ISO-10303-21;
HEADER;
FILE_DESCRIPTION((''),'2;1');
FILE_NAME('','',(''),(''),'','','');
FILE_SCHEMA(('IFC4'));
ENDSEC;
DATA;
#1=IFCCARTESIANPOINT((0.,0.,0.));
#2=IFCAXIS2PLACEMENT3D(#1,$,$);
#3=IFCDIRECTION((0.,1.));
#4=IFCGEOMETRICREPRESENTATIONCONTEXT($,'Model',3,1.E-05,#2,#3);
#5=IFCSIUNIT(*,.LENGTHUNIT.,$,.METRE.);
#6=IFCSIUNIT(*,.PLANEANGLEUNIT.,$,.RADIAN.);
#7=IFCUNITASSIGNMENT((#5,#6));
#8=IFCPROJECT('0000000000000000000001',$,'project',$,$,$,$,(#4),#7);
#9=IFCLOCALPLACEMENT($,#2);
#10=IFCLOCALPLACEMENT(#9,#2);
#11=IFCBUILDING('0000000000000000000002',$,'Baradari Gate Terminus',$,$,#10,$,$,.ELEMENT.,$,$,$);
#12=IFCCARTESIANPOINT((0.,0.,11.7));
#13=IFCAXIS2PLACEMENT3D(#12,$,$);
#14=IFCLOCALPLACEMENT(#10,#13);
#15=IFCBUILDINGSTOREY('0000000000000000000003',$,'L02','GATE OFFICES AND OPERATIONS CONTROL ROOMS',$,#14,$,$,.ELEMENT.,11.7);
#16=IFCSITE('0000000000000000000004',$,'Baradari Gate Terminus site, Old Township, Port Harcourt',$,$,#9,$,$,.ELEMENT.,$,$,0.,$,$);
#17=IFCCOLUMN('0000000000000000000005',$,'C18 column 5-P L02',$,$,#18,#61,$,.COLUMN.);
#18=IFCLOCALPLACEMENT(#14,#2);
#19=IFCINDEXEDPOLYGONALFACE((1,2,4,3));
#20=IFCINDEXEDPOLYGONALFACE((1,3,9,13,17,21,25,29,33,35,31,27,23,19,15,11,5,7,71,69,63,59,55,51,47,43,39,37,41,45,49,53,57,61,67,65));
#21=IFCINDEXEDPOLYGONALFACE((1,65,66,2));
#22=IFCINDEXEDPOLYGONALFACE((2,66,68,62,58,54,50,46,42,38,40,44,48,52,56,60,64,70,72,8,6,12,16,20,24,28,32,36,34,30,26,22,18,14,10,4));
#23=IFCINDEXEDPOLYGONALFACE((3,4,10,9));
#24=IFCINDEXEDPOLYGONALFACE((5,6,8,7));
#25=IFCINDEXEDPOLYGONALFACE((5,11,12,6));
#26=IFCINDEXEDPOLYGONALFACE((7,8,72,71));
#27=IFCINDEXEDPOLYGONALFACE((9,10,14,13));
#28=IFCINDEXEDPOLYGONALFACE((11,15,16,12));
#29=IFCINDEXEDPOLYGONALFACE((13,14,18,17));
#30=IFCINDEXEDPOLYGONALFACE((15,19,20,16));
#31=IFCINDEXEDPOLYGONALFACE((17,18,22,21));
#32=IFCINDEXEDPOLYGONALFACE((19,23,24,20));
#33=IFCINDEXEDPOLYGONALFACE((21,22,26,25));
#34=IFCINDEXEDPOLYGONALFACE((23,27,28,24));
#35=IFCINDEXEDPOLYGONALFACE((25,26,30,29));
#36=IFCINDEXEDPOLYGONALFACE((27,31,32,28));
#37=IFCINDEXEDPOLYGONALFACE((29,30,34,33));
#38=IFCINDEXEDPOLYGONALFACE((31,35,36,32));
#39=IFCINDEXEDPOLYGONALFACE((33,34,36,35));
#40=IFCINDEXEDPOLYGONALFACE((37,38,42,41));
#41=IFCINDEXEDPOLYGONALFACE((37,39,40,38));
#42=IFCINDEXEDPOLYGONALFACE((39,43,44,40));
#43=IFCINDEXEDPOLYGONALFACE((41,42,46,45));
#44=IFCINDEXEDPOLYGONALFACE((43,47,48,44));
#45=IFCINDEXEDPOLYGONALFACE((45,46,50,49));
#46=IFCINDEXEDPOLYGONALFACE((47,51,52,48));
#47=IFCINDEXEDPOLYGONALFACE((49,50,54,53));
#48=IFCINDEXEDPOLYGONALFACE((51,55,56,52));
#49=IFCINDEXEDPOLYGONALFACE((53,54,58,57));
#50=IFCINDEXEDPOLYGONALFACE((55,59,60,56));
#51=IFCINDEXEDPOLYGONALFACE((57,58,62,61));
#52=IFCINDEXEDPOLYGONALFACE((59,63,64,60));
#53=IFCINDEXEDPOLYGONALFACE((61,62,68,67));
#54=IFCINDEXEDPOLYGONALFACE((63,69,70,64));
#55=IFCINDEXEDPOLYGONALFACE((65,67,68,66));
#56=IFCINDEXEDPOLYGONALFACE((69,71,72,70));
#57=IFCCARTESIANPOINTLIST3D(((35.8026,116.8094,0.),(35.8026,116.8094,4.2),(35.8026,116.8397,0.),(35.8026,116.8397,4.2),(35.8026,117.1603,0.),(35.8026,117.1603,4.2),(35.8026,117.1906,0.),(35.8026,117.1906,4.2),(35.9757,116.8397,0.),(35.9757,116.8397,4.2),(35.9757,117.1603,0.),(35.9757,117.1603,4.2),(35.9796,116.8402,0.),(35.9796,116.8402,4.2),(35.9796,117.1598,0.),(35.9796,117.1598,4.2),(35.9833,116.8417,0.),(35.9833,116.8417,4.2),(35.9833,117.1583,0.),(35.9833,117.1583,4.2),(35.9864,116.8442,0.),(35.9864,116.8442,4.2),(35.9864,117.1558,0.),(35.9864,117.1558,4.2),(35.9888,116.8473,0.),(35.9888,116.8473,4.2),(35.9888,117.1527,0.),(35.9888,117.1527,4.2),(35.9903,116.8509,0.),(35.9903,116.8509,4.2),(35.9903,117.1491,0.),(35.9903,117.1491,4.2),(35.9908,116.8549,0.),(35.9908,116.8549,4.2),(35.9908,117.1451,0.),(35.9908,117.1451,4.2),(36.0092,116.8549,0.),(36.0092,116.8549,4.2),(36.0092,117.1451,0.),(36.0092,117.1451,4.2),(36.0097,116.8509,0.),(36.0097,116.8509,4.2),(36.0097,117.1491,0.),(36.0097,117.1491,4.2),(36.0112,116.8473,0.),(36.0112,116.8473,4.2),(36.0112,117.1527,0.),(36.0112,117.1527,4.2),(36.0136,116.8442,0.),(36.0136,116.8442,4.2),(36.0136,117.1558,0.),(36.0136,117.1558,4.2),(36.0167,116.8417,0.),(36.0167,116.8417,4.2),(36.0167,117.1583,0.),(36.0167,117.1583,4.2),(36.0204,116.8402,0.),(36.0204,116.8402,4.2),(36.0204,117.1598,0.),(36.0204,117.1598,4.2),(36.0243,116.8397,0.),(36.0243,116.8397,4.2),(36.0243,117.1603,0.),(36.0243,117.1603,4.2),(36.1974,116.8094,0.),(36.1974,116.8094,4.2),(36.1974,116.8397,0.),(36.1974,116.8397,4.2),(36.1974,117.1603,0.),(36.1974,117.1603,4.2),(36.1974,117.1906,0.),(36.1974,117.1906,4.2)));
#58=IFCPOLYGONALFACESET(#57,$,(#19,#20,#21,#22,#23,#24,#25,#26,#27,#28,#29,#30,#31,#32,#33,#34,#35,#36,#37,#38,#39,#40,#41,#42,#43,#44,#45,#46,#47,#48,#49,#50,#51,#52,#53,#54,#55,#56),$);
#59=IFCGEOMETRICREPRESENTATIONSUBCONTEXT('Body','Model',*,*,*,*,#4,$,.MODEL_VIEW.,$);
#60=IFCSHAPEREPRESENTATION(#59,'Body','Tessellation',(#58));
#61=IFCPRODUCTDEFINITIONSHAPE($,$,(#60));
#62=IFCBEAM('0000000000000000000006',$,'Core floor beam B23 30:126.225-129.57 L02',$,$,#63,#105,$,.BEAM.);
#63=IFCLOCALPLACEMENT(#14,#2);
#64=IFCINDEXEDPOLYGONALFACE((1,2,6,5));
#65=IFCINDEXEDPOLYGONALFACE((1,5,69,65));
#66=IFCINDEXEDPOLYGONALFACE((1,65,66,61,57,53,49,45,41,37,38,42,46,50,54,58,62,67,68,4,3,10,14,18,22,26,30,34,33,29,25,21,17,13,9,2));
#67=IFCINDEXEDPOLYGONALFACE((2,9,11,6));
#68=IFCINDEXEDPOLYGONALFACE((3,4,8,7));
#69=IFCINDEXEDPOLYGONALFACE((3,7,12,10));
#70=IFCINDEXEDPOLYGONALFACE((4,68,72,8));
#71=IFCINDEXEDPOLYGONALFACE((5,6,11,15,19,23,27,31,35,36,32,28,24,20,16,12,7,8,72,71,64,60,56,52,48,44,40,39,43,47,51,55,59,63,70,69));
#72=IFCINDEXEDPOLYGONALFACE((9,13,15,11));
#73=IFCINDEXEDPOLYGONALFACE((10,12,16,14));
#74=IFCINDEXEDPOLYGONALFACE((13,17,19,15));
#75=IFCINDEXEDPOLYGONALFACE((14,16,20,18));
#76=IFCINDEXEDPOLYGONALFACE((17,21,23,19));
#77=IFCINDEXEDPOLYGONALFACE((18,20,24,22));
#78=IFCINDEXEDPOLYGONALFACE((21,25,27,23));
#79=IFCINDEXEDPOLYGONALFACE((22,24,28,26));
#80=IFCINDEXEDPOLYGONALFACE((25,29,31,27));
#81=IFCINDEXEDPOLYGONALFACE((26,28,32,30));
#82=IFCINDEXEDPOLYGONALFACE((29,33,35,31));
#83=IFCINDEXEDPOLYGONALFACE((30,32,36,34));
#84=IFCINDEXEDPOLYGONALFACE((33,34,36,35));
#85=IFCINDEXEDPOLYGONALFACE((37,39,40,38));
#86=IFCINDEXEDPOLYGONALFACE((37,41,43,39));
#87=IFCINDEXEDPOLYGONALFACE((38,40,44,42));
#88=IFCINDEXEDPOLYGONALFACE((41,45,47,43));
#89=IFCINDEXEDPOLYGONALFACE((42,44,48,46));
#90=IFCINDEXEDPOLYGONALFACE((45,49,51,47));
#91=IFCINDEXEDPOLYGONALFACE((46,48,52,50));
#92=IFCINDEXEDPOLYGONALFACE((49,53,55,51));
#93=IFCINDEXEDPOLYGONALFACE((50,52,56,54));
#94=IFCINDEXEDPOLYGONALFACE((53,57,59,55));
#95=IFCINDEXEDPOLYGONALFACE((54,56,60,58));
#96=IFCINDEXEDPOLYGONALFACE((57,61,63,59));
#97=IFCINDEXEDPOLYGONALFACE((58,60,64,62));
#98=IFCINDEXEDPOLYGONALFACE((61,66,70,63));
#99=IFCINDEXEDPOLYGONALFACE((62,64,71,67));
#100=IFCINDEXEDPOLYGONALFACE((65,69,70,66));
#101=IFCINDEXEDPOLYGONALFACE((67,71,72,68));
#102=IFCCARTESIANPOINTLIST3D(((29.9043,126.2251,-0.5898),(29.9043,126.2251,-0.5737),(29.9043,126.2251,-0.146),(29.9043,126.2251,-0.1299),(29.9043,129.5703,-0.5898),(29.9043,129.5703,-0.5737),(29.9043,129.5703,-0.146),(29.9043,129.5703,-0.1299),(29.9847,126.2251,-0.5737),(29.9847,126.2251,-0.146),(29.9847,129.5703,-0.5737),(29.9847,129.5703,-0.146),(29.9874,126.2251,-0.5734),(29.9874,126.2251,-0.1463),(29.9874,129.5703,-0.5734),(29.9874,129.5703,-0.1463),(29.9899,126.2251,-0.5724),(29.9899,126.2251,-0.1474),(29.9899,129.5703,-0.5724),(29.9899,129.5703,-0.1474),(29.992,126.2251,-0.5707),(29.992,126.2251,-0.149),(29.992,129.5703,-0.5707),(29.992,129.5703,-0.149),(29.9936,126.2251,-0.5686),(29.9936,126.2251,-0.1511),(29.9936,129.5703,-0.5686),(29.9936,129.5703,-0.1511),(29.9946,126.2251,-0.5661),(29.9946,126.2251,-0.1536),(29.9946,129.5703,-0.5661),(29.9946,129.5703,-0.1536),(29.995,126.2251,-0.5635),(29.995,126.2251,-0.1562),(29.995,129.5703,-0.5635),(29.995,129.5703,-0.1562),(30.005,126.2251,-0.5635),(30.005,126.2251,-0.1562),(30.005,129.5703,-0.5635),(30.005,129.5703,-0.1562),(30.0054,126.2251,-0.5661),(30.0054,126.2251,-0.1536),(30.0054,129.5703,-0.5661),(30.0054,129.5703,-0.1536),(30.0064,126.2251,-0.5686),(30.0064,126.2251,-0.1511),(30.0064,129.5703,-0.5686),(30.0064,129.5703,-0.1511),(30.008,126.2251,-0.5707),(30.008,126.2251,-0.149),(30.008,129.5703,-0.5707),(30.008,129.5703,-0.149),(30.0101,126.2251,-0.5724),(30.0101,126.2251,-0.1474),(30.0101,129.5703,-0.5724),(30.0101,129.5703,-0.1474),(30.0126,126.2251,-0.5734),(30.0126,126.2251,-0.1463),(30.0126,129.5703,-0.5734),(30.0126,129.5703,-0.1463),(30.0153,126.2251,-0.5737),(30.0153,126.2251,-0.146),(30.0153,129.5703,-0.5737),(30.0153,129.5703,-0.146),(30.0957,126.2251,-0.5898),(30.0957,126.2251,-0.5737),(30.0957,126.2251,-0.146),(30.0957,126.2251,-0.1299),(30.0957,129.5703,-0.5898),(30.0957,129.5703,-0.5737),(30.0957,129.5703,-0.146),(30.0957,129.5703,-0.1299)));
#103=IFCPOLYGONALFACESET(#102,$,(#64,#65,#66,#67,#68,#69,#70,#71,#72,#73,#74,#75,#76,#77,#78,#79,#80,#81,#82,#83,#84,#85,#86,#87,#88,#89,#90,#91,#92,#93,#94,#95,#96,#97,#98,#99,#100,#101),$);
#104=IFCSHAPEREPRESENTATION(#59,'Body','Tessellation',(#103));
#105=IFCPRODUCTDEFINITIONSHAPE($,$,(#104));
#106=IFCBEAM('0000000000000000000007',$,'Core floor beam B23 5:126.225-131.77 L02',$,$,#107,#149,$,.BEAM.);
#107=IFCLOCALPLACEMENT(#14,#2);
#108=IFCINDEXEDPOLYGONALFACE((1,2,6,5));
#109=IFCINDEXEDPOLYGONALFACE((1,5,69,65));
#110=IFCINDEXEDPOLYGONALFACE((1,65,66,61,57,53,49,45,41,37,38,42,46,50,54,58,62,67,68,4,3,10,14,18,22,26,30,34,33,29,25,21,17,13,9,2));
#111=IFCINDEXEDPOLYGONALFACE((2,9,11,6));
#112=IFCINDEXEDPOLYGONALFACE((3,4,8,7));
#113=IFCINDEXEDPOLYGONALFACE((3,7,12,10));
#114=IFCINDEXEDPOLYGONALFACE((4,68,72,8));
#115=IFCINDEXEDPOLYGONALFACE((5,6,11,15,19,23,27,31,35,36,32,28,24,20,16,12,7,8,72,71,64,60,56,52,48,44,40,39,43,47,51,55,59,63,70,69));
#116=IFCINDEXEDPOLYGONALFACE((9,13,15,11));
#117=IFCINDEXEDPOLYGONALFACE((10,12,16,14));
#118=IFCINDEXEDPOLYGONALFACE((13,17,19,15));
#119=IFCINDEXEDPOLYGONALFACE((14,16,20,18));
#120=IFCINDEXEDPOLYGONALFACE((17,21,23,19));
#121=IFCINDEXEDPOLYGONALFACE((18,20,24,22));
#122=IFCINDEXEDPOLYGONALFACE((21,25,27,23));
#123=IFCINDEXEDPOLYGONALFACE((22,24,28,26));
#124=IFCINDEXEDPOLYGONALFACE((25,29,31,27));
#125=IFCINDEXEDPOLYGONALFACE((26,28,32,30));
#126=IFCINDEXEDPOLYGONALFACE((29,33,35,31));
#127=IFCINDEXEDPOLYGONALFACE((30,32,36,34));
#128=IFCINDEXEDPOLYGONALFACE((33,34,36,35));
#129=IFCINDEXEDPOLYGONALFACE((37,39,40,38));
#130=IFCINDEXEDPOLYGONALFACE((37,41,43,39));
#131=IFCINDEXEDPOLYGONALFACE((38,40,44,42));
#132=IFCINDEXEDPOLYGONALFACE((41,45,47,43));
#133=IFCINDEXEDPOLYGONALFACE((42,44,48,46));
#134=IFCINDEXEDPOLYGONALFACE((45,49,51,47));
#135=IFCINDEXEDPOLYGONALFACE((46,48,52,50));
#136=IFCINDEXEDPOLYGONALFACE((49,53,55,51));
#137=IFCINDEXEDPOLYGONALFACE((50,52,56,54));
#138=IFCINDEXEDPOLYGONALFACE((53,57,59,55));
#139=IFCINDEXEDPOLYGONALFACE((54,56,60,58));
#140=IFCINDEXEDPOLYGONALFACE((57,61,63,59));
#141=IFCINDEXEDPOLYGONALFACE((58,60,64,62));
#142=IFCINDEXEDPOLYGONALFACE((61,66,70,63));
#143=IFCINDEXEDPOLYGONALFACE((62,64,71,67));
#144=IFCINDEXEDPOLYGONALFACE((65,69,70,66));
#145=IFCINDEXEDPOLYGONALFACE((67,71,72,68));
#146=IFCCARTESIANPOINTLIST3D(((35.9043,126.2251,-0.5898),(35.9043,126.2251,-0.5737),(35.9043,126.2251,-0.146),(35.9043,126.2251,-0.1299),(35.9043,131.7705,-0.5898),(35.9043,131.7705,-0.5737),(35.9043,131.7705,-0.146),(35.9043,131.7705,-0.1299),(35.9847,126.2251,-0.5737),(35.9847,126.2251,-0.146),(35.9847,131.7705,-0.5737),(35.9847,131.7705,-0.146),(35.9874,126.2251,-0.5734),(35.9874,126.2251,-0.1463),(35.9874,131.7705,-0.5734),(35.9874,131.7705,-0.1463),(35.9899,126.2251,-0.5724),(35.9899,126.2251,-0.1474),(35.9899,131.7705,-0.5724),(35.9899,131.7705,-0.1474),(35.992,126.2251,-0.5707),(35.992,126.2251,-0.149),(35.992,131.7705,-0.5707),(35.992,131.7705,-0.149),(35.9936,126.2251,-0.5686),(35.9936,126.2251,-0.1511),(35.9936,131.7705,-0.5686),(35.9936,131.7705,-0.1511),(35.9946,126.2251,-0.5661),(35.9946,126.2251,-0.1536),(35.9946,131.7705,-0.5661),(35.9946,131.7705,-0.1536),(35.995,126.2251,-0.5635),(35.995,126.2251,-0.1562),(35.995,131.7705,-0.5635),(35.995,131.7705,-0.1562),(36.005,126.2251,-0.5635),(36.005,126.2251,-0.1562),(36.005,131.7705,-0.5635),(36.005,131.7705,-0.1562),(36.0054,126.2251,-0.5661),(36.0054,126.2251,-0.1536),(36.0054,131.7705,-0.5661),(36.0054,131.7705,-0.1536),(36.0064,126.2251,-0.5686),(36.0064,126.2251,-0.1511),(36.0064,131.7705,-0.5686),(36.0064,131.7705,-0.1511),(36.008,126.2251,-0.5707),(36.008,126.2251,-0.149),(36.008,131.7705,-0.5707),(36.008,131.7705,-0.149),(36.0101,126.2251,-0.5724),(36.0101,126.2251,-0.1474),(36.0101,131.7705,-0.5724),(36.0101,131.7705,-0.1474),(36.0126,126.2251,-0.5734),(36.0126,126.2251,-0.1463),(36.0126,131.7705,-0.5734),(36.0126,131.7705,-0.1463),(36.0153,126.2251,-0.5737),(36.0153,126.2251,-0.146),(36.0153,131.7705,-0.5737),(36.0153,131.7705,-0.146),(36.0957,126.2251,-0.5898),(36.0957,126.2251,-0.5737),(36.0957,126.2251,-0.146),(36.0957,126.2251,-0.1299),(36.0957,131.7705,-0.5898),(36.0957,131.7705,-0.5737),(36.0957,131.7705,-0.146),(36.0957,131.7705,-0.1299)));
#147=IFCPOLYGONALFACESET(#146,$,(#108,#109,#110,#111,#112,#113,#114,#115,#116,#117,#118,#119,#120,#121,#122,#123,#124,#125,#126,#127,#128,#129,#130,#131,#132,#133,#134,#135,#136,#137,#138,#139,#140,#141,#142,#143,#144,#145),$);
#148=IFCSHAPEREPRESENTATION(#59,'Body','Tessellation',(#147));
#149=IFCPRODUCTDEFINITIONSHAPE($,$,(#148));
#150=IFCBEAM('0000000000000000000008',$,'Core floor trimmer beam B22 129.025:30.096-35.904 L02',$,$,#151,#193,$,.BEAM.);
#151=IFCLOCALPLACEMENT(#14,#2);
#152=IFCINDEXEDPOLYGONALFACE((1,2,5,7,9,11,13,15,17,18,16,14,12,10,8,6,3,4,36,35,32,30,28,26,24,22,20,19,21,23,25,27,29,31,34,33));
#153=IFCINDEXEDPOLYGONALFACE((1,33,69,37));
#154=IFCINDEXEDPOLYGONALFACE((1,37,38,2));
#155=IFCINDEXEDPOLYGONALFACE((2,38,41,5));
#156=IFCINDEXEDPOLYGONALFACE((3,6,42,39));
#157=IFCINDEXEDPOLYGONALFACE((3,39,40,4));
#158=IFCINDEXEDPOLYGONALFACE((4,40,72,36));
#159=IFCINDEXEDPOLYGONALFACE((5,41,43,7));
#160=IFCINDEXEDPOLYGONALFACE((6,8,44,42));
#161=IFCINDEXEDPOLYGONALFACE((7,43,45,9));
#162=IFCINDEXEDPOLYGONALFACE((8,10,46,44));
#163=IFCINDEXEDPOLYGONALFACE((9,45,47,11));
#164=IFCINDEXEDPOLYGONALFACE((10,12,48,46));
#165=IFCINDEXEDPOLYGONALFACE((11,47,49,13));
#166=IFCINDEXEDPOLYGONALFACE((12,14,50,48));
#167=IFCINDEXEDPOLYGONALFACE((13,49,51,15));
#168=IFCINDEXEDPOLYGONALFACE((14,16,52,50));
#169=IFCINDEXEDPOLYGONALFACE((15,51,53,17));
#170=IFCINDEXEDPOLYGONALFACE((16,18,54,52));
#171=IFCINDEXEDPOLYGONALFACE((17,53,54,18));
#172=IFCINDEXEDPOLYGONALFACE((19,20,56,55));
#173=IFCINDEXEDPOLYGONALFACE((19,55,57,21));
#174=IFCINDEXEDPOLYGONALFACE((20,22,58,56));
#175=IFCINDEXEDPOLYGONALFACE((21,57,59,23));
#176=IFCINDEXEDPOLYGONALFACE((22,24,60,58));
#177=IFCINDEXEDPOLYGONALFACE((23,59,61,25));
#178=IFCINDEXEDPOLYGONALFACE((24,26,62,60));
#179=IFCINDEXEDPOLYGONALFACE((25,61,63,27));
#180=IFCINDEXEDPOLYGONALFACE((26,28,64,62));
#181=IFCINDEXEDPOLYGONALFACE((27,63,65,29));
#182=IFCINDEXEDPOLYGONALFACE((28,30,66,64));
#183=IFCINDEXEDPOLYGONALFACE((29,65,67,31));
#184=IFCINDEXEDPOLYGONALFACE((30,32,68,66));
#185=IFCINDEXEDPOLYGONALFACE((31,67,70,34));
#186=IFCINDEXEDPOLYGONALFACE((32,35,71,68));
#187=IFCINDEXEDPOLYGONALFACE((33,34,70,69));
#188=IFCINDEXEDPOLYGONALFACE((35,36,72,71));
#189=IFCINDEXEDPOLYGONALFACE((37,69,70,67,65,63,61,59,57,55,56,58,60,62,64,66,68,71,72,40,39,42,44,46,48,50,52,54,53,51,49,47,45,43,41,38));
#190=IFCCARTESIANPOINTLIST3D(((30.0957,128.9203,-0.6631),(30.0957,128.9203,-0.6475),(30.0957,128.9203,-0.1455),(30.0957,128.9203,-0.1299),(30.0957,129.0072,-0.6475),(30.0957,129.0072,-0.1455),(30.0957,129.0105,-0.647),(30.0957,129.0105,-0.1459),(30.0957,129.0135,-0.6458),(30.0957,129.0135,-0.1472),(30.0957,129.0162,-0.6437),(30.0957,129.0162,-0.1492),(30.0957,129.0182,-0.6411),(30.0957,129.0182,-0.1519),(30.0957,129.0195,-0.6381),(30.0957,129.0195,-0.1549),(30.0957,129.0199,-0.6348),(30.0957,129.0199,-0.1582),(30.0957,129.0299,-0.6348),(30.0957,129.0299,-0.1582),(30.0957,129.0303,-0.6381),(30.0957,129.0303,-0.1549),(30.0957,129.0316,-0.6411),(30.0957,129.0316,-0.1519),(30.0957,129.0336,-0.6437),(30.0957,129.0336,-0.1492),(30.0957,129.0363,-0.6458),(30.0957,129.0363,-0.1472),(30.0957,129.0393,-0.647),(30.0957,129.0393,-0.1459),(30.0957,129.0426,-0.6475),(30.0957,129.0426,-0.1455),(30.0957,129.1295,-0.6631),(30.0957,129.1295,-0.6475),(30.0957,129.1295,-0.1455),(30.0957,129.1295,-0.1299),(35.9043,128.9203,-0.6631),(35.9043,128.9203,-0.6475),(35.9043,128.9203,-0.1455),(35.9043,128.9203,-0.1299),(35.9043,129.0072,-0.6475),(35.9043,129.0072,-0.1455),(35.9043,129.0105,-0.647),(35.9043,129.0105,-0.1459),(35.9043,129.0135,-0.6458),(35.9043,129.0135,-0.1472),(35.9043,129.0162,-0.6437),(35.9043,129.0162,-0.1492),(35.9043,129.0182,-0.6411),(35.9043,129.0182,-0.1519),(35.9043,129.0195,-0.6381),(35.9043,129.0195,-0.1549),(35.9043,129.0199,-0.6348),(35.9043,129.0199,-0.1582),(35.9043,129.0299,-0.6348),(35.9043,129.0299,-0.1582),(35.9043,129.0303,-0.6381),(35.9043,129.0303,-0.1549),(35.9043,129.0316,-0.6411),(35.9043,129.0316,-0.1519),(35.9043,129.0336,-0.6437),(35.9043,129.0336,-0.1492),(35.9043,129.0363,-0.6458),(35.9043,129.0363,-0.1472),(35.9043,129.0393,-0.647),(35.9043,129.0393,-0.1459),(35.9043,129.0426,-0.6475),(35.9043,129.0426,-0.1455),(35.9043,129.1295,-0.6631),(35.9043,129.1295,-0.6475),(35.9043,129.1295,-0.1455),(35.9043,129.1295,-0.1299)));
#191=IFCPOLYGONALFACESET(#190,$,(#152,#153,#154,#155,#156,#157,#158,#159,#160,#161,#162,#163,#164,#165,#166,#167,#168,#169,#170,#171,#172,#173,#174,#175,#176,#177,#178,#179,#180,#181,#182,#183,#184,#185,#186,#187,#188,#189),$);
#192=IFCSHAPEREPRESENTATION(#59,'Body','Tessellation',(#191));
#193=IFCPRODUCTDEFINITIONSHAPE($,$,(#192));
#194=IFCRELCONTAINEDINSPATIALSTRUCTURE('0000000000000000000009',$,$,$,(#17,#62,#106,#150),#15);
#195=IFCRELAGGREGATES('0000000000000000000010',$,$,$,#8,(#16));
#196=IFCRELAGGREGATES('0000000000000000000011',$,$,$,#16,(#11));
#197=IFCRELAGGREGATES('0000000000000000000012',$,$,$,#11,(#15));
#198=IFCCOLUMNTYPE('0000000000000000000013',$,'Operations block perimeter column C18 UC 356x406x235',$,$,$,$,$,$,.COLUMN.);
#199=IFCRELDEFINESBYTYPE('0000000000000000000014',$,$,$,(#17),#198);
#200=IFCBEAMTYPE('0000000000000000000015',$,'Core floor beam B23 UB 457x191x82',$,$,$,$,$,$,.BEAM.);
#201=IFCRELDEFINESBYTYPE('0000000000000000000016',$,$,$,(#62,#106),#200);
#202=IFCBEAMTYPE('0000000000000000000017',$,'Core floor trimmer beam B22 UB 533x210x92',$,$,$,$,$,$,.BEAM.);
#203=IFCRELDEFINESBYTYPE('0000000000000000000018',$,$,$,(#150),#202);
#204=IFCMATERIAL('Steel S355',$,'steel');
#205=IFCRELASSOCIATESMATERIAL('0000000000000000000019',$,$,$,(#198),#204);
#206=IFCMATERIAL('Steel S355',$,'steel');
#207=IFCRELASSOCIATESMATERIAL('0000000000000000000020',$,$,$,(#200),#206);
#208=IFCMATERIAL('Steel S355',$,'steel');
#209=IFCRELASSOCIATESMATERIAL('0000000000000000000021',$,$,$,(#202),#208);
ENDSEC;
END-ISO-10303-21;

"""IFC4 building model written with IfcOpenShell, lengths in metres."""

from ifc_helpers import new_model, si_unit, direction, frame, origin, origin_2d, place, context, subcontext, project, spatial, i_section, extrude, material, material_profile, profile_set, type_object, element, save


model = new_model("IFC4")

# Units and contexts
model_context = context("Model", 3, precision=1e-05, world=origin(), true_north=direction((0.0, 1.0)))
body_context = subcontext(model_context, "Body", "Model", "MODEL_VIEW")
ifc_project = project(units=[si_unit("LENGTHUNIT", "METRE"), si_unit("PLANEANGLEUNIT", "RADIAN")], contexts=[model_context])

# Site, building, storey
site_placement = place(None, origin())
site = spatial("IfcSite", under=ifc_project, at=site_placement, Name="Baradari Gate Terminus site, Old Township, Port Harcourt", CompositionType="ELEMENT", RefElevation=0.0)
building_placement = place(site_placement, origin())
building = spatial("IfcBuilding", under=site, at=building_placement, Name="Baradari Gate Terminus", CompositionType="ELEMENT")
storey_placement = place(building_placement, frame((0.0, 0.0, 11.7)))
storey = spatial("IfcBuildingStorey", under=building, at=storey_placement, Name="L02", Description="GATE OFFICES AND OPERATIONS CONTROL ROOMS", CompositionType="ELEMENT", Elevation=11.7)

# Column
ifc_material_1 = material(Name="Steel S355", Category="steel")
ifc_material_profile_1 = material_profile(ifc_material_1, i_section(OverallWidth=0.3948, OverallDepth=0.3811, WebThickness=0.0183, FlangeThickness=0.0303, FilletRadius=0.0151, at=origin_2d()), Name="UC 356x406x235")
ifc_profile_set_1 = profile_set([ifc_material_profile_1], Name="Steel S355")
column_type = type_object("IfcColumnType", Name="Operations block perimeter column C18 UC 356x406x235", PredefinedType="COLUMN", material=ifc_profile_set_1)
column_placement = place(storey_placement, frame((36.0, 117.0, 0.0), z_axis=(0.0, 0.0, 1.0), x_axis=(1.0, 0.0, 0.0)))
element("IfcColumn", 1, at=column_placement, inside=storey, type_object=column_type, Name="C18 column 5-P L02", PredefinedType="COLUMN", context=body_context, shape_type="SweptSolid", body=[
    extrude(i_section(OverallWidth=0.3948, OverallDepth=0.3811, WebThickness=0.0183, FlangeThickness=0.0303, FilletRadius=0.0151, at=origin_2d()), origin(), (0.0, 0.0, 1.0), 4.2),
])

# Beams
ifc_material_2 = material(Name="Steel S355", Category="steel")
ifc_material_profile_2 = material_profile(ifc_material_2, i_section(OverallWidth=0.1914, OverallDepth=0.46, WebThickness=0.01, FlangeThickness=0.0161, FilletRadius=0.0103, at=origin_2d()), Name="UB 457x191x82")
ifc_profile_set_2 = profile_set([ifc_material_profile_2], Name="Steel S355")
beam_type_1 = type_object("IfcBeamType", Name="Core floor beam B23 UB 457x191x82", PredefinedType="BEAM", material=ifc_profile_set_2)
beam_1_placement = place(storey_placement, frame((30.0, 126.2251, -0.3599), z_axis=(0.0, 1.0, 0.0), x_axis=(-1.0, 0.0, 0.0)))
element("IfcBeam", 2, at=beam_1_placement, inside=storey, type_object=beam_type_1, Name="Core floor beam B23 30:126.225-129.57 L02", PredefinedType="BEAM", context=body_context, shape_type="SweptSolid", body=[
    extrude(i_section(OverallWidth=0.1914, OverallDepth=0.46, WebThickness=0.01, FlangeThickness=0.0161, FilletRadius=0.0103, at=origin_2d()), origin(), (0.0, 0.0, 1.0), 3.3452),
])
beam_2_placement = place(storey_placement, frame((36.0, 126.2251, -0.3599), z_axis=(0.0, 1.0, 0.0), x_axis=(-1.0, 0.0, 0.0)))
element("IfcBeam", 3, at=beam_2_placement, inside=storey, type_object=beam_type_1, Name="Core floor beam B23 5:126.225-131.77 L02", PredefinedType="BEAM", context=body_context, shape_type="SweptSolid", body=[
    extrude(i_section(OverallWidth=0.1914, OverallDepth=0.46, WebThickness=0.01, FlangeThickness=0.0161, FilletRadius=0.0103, at=origin_2d()), origin(), (0.0, 0.0, 1.0), 5.5454),
])
ifc_material_3 = material(Name="Steel S355", Category="steel")
ifc_material_profile_3 = material_profile(ifc_material_3, i_section(OverallWidth=0.2092, OverallDepth=0.5332, WebThickness=0.01, FlangeThickness=0.0156, FilletRadius=0.0127, at=origin_2d()), Name="UB 533x210x92")
ifc_profile_set_3 = profile_set([ifc_material_profile_3], Name="Steel S355")
beam_type_2 = type_object("IfcBeamType", Name="Core floor trimmer beam B22 UB 533x210x92", PredefinedType="BEAM", material=ifc_profile_set_3)
beam_3_placement = place(storey_placement, frame((30.0957, 129.0249, -0.3965), z_axis=(1.0, 0.0, 0.0), x_axis=(0.0, 1.0, 0.0)))
element("IfcBeam", 4, at=beam_3_placement, inside=storey, type_object=beam_type_2, Name="Core floor trimmer beam B22 129.025:30.096-35.904 L02", PredefinedType="BEAM", context=body_context, shape_type="SweptSolid", body=[
    extrude(i_section(OverallWidth=0.2092, OverallDepth=0.5332, WebThickness=0.01, FlangeThickness=0.0156, FilletRadius=0.0127, at=origin_2d()), origin(), (0.0, 0.0, 1.0), 5.8086),
])

save(model, "model.ifc")
